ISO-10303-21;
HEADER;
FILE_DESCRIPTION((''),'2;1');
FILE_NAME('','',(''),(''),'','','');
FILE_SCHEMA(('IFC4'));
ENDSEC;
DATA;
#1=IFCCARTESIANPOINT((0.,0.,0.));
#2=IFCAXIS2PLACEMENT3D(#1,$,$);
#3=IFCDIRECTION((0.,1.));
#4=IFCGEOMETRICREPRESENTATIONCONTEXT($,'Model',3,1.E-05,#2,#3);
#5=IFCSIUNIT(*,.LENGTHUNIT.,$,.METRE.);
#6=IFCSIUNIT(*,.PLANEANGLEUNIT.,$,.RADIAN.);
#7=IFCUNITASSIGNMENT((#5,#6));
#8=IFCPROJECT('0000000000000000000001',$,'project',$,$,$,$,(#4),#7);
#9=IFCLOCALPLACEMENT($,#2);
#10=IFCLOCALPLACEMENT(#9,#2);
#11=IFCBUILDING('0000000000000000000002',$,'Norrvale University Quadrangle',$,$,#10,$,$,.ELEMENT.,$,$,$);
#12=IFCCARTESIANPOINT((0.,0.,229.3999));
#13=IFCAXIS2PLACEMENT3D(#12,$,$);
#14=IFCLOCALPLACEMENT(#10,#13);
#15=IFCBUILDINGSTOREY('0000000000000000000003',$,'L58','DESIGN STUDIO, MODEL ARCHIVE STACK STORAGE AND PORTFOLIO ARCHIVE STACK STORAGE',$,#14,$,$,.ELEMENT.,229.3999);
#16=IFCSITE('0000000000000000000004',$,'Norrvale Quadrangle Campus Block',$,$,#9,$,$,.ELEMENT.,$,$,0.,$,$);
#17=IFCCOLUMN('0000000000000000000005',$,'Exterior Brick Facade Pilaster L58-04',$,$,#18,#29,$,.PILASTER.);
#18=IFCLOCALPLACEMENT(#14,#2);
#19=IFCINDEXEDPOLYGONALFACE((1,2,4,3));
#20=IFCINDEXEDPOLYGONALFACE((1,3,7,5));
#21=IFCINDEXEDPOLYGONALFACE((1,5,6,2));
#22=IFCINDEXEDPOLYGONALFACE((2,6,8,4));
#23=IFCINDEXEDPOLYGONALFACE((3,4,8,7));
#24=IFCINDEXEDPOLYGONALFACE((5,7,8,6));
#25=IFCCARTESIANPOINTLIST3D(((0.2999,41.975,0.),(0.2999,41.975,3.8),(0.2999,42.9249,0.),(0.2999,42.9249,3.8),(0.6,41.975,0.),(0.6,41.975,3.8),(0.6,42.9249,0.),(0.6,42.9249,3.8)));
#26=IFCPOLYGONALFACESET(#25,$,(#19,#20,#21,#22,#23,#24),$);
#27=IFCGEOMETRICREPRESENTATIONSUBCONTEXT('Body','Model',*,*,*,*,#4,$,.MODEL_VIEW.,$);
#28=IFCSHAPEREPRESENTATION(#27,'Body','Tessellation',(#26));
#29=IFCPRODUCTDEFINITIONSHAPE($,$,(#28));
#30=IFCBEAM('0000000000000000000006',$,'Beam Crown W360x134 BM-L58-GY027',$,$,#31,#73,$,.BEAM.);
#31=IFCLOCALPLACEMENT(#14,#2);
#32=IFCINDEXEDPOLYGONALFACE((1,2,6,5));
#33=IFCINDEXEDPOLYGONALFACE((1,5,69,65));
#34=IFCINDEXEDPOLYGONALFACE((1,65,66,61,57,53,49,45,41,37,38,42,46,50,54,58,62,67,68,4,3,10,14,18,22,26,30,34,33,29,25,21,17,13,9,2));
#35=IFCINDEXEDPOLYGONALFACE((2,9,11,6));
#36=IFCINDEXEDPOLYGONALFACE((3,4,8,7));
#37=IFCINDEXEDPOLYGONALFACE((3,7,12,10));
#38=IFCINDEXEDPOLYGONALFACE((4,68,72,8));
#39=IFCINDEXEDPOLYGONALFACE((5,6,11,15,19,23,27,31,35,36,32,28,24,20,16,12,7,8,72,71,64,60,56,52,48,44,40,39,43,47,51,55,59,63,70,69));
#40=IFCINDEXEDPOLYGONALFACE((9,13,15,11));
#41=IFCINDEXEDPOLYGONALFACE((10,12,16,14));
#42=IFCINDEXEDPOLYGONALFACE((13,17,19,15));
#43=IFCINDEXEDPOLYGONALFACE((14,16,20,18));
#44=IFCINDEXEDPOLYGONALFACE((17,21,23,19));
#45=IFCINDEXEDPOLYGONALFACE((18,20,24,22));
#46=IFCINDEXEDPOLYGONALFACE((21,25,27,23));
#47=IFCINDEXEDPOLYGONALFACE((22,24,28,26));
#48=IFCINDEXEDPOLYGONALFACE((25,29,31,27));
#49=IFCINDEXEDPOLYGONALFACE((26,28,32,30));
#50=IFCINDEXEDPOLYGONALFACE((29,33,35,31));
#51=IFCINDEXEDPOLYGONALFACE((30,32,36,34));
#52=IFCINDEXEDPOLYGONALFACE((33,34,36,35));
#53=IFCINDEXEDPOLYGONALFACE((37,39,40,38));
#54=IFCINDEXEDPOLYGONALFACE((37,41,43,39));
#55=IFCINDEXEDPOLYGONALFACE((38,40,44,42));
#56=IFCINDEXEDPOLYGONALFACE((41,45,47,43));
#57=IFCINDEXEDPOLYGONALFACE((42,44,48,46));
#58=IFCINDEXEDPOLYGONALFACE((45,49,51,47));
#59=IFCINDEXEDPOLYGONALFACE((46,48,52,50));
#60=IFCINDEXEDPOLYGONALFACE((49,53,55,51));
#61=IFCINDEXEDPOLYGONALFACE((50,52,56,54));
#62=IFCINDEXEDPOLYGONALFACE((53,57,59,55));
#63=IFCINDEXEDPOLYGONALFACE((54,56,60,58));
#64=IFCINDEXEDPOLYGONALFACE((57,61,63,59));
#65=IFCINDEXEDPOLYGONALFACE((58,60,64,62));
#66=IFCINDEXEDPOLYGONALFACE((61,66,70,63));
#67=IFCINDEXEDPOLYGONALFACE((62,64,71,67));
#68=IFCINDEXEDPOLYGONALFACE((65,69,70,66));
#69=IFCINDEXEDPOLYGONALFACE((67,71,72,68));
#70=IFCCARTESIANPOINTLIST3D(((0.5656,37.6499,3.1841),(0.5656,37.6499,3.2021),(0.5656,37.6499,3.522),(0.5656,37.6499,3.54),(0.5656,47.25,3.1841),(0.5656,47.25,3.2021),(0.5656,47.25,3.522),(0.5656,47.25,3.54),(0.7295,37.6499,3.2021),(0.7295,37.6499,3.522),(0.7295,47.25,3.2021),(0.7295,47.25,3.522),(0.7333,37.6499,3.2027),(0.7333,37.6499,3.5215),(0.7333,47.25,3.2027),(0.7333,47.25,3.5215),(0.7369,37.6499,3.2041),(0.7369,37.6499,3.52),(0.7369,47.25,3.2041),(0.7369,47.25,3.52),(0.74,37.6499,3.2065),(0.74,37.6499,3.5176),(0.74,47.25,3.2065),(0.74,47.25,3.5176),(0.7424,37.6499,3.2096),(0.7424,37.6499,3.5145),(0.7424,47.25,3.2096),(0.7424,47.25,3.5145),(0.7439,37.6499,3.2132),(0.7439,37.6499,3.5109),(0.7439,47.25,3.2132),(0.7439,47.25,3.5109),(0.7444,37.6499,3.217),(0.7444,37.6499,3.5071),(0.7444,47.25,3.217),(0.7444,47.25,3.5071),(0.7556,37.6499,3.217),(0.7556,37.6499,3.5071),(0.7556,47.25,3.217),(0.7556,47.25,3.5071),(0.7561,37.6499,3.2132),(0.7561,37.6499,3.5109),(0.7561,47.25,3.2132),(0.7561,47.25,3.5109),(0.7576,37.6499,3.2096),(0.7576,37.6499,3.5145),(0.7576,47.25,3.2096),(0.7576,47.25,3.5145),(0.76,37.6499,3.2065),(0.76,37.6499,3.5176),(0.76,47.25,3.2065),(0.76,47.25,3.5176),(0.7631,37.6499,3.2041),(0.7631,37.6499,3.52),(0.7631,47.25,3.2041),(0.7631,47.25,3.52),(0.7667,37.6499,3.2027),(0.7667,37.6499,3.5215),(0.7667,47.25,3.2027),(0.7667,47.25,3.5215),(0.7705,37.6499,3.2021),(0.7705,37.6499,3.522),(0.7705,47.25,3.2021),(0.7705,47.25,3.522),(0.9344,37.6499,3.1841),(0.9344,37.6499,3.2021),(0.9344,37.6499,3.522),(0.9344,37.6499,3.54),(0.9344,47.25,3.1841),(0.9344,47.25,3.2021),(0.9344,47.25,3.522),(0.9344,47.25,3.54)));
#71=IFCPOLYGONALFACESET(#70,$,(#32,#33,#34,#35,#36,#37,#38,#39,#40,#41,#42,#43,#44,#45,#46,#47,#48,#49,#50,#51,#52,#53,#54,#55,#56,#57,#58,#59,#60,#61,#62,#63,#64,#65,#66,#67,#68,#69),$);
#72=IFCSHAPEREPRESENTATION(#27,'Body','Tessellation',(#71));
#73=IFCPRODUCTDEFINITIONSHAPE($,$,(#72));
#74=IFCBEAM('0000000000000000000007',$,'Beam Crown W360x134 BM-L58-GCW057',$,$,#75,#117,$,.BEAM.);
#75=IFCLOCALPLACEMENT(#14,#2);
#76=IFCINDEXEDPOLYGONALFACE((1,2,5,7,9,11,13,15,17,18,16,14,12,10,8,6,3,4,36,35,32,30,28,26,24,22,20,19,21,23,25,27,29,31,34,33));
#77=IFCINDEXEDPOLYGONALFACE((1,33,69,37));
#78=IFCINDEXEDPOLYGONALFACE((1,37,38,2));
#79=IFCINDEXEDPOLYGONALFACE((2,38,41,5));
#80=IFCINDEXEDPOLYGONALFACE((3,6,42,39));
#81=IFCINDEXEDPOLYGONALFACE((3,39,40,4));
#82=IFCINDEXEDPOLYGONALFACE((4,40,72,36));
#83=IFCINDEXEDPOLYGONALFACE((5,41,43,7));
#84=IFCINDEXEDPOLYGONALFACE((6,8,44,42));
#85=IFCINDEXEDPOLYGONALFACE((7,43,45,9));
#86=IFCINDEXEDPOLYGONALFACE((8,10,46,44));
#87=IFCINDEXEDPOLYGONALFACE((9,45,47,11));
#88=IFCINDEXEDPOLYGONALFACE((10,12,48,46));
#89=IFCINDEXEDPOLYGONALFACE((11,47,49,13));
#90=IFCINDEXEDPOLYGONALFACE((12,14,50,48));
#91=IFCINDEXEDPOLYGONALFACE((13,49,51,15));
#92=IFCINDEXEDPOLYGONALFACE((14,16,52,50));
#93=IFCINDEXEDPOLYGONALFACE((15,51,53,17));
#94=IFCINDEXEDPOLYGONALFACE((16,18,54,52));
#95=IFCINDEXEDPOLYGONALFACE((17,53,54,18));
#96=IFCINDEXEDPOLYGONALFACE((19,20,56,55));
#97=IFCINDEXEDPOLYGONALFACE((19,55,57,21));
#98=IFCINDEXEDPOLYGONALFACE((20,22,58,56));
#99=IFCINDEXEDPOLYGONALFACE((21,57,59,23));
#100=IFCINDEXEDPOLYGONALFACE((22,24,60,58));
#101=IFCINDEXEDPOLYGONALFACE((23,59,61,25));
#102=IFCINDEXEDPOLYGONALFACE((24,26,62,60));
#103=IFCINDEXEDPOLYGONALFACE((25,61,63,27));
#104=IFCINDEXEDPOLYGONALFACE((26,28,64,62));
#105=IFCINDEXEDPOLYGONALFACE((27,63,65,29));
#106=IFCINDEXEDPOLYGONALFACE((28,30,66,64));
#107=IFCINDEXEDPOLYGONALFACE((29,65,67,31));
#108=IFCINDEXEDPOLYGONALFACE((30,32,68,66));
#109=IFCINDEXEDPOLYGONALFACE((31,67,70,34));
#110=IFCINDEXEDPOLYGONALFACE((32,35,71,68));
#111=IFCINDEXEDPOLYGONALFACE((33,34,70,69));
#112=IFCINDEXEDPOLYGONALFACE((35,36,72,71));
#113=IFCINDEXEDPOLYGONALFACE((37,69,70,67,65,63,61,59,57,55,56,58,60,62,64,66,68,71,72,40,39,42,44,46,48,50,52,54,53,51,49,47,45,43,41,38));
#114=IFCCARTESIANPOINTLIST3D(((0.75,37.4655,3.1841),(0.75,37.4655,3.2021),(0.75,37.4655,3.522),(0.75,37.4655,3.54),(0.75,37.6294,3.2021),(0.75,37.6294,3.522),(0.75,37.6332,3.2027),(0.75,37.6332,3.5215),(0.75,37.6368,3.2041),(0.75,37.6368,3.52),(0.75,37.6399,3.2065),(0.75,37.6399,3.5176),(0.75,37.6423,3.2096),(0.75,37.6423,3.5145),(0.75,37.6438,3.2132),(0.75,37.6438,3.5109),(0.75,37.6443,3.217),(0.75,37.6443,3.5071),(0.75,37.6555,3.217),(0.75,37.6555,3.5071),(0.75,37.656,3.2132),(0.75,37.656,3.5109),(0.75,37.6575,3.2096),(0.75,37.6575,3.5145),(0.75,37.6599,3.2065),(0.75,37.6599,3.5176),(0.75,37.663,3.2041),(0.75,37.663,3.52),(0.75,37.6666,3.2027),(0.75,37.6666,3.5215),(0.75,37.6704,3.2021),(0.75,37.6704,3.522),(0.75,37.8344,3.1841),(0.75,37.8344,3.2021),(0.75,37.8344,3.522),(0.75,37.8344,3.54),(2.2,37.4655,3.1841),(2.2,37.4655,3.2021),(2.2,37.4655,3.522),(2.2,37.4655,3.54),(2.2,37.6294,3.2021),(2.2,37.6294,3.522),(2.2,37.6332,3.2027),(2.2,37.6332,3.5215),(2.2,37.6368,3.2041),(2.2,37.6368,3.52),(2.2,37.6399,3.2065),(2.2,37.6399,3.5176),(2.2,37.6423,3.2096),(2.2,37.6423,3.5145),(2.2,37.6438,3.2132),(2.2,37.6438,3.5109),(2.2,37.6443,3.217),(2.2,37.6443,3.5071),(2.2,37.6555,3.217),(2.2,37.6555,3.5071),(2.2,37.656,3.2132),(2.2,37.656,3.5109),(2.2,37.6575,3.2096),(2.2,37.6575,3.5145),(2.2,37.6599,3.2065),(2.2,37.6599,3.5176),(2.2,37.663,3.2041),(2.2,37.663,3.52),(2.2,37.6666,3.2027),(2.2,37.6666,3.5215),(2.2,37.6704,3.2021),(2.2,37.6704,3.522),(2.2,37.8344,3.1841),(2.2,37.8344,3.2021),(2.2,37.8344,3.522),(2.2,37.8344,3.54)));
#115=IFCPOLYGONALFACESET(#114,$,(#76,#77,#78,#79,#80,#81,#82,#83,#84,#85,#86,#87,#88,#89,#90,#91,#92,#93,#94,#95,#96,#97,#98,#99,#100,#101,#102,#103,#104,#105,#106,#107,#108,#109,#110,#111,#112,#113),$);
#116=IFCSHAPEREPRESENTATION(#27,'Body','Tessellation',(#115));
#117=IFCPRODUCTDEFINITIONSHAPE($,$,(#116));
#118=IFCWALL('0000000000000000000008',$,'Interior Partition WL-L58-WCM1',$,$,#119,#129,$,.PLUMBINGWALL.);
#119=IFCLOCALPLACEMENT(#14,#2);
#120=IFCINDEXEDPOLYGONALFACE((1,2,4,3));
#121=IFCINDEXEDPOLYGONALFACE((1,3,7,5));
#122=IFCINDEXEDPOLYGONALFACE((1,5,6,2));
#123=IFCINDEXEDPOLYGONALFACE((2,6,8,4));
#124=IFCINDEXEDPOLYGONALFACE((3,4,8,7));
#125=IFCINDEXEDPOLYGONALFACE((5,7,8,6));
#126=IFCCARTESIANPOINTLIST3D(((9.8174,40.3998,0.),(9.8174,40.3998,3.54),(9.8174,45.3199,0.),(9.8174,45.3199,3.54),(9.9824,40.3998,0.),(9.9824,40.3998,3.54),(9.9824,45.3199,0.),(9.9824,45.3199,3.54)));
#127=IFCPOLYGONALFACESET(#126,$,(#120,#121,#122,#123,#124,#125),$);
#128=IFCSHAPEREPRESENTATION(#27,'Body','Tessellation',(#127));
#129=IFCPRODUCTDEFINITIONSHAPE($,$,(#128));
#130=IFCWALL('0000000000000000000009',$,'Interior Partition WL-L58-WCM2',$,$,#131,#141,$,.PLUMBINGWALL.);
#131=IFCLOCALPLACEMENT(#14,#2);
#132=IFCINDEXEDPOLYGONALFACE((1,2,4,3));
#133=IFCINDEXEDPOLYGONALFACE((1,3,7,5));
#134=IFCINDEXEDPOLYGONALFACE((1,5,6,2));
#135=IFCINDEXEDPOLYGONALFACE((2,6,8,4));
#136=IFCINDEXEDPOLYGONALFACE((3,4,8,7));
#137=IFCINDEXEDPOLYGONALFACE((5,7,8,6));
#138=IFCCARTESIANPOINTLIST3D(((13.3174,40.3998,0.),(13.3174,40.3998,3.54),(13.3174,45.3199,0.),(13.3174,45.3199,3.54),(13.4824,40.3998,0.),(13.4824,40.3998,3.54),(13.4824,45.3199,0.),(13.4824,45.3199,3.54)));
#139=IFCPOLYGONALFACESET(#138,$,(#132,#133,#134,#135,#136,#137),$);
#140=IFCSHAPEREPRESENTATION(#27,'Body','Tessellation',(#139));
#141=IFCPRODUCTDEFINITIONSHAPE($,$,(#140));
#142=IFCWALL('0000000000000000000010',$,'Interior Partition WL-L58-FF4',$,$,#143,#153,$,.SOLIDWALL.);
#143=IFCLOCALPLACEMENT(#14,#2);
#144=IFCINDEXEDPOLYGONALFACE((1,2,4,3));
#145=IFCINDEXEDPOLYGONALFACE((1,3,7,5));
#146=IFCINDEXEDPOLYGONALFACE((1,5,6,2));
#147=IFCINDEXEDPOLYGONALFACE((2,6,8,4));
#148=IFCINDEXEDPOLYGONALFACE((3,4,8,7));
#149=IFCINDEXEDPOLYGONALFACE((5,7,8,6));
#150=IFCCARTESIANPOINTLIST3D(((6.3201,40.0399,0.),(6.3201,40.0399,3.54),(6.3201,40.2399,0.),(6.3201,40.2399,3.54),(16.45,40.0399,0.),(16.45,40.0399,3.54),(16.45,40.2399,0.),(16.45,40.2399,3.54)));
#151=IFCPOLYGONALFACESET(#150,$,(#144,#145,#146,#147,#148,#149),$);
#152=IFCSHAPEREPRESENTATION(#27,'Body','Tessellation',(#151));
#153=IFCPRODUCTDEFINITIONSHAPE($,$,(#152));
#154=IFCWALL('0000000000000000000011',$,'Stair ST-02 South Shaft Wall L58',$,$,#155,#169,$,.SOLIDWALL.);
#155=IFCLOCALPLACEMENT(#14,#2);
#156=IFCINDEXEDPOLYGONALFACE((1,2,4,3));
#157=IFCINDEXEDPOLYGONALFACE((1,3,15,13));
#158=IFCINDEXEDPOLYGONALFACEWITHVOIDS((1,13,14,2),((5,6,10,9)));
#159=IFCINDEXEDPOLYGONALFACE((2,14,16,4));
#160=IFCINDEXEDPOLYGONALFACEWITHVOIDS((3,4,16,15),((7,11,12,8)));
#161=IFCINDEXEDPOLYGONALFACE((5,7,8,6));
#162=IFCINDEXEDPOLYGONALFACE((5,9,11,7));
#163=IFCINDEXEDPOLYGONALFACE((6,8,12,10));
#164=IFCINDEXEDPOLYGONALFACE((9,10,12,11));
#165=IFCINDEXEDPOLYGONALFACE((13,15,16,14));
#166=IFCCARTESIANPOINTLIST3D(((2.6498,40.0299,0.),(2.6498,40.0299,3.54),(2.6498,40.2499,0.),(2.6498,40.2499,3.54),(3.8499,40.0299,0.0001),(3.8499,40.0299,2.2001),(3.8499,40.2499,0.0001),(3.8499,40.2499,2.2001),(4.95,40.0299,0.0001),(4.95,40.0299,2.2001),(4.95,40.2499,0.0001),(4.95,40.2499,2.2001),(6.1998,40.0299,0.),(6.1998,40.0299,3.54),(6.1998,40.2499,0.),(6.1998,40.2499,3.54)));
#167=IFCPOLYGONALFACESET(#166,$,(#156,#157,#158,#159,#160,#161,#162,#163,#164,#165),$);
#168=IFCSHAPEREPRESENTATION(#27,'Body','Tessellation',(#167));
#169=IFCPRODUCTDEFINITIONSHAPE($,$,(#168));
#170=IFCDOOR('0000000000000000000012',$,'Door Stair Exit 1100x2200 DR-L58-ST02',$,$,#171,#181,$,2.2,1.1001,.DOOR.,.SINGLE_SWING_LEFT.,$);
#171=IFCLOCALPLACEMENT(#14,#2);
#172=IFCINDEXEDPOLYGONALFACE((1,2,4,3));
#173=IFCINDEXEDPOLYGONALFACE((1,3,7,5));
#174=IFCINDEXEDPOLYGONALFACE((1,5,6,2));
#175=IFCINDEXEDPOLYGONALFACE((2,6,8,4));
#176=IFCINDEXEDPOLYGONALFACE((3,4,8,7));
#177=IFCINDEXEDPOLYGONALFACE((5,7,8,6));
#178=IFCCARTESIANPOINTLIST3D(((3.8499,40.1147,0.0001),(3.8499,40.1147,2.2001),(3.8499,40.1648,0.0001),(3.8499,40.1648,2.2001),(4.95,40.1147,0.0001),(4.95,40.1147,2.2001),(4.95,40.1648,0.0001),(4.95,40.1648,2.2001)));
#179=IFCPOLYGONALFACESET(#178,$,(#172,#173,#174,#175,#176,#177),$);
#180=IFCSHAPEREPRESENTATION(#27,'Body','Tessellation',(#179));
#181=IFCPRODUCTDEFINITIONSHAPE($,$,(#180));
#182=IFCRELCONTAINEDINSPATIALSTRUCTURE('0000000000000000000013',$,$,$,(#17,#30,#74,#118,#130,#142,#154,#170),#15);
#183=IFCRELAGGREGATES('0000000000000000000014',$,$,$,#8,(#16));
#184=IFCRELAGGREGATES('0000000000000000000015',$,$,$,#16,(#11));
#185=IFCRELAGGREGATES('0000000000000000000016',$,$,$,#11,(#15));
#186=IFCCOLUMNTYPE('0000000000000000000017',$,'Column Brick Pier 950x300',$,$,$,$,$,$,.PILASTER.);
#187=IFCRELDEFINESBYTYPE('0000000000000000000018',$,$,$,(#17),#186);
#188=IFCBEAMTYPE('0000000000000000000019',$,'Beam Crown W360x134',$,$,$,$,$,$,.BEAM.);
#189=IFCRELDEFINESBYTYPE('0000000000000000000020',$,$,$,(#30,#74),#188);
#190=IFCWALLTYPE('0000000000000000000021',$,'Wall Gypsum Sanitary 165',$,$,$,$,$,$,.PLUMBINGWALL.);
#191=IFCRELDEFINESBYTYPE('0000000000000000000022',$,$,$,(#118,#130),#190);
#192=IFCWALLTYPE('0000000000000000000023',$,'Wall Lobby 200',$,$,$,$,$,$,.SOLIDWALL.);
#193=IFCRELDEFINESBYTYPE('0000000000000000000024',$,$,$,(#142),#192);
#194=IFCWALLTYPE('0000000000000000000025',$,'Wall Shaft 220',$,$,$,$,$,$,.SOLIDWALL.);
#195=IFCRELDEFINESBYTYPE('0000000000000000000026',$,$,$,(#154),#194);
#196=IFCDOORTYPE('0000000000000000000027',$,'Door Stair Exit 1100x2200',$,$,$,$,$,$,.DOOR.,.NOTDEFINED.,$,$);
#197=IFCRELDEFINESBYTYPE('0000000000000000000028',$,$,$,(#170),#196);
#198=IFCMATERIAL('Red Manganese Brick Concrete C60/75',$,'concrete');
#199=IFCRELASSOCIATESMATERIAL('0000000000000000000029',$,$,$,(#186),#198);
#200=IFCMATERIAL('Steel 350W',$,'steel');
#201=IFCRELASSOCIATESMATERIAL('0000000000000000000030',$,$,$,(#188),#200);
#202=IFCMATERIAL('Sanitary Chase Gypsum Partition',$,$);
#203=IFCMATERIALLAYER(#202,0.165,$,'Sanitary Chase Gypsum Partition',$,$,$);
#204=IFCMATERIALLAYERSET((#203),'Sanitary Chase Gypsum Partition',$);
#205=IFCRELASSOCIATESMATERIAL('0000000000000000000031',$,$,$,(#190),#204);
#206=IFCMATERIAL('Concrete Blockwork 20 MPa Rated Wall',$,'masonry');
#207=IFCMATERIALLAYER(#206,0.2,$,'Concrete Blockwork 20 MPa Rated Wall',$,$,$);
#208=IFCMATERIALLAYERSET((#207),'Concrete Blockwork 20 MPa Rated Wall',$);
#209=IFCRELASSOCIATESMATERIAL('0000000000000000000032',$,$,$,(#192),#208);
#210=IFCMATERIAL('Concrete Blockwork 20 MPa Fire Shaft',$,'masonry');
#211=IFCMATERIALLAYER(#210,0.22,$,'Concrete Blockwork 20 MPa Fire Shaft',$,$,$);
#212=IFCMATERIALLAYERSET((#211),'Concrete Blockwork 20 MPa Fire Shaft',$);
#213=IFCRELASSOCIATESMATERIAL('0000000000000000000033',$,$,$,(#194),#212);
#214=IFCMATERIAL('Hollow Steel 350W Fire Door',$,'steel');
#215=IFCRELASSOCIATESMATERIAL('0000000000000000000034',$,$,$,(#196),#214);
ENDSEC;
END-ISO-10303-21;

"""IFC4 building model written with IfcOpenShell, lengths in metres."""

from ifc_helpers import new_model, si_unit, direction, frame, frame_2d, origin, origin_2d, place, context, subcontext, project, spatial, rectangle, i_section, extrude, material, layer, layer_set, material_profile, profile_set, type_object, element, fill, save


model = new_model("IFC4")

# Units and contexts
model_context = context("Model", 3, precision=1e-05, world=origin(), true_north=direction((0.0, 1.0)))
body_context = subcontext(model_context, "Body", "Model", "MODEL_VIEW")
ifc_project = project(units=[si_unit("LENGTHUNIT", "METRE"), si_unit("PLANEANGLEUNIT", "RADIAN")], contexts=[model_context])

# Site, building, storey
site_placement = place(None, origin())
site = spatial("IfcSite", under=ifc_project, at=site_placement, Name="Norrvale Quadrangle Campus Block", CompositionType="ELEMENT", RefElevation=0.0)
building_placement = place(site_placement, origin())
building = spatial("IfcBuilding", under=site, at=building_placement, Name="Norrvale University Quadrangle", CompositionType="ELEMENT")
storey_placement = place(building_placement, frame((0.0, 0.0, 229.3999)))
storey = spatial("IfcBuildingStorey", under=building, at=storey_placement, Name="L58", Description="DESIGN STUDIO, MODEL ARCHIVE STACK STORAGE AND PORTFOLIO ARCHIVE STACK STORAGE", CompositionType="ELEMENT", Elevation=229.3999)

# Column
ifc_material_1 = material(Name="Red Manganese Brick Concrete C60/75", Category="concrete")
ifc_material_profile_1 = material_profile(ifc_material_1, rectangle(XDim=0.95, YDim=0.3, at=origin_2d()), Name="Red Manganese Brick Concrete C60/75")
ifc_profile_set_1 = profile_set([ifc_material_profile_1], Name="Red Manganese Brick Concrete C60/75")
column_type = type_object("IfcColumnType", Name="Column Brick Pier 950x300", PredefinedType="PILASTER", material=ifc_profile_set_1)
column_placement = place(storey_placement, frame((0.45, 42.45, 0.0), z_axis=(0.0, 0.0, 1.0), x_axis=(0.0, 1.0, 0.0)))
element("IfcColumn", 1, at=column_placement, inside=storey, type_object=column_type, Name="Exterior Brick Facade Pilaster L58-04", PredefinedType="PILASTER", context=body_context, shape_type="SweptSolid", body=[
    extrude(rectangle(XDim=0.95, YDim=0.3, at=origin_2d()), origin(), (0.0, 0.0, 1.0), 3.8),
])

# Beams
ifc_material_2 = material(Name="Steel 350W", Category="steel")
ifc_material_profile_2 = material_profile(ifc_material_2, i_section(OverallWidth=0.3689, OverallDepth=0.356, WebThickness=0.0112, FlangeThickness=0.0181, FilletRadius=0.0149, at=origin_2d()), Name="Steel 350W")
ifc_profile_set_2 = profile_set([ifc_material_profile_2], Name="Steel 350W")
beam_type = type_object("IfcBeamType", Name="Beam Crown W360x134", PredefinedType="BEAM", material=ifc_profile_set_2)
beam_1_placement = place(storey_placement, frame((0.75, 37.6499, 3.3621), z_axis=(0.0, 1.0, 0.0), x_axis=(-1.0, 0.0, 0.0)))
element("IfcBeam", 2, at=beam_1_placement, inside=storey, type_object=beam_type, Name="Beam Crown W360x134 BM-L58-GY027", PredefinedType="BEAM", context=body_context, shape_type="SweptSolid", body=[
    extrude(i_section(OverallWidth=0.3689, OverallDepth=0.356, WebThickness=0.0112, FlangeThickness=0.0181, FilletRadius=0.0149, at=origin_2d()), origin(), (0.0, 0.0, 1.0), 9.6001),
])
beam_2_placement = place(storey_placement, frame((0.75, 37.6499, 3.3621), z_axis=(1.0, 0.0, 0.0), x_axis=(0.0, 1.0, 0.0)))
element("IfcBeam", 3, at=beam_2_placement, inside=storey, type_object=beam_type, Name="Beam Crown W360x134 BM-L58-GCW057", PredefinedType="BEAM", context=body_context, shape_type="SweptSolid", body=[
    extrude(i_section(OverallWidth=0.3689, OverallDepth=0.356, WebThickness=0.0112, FlangeThickness=0.0181, FilletRadius=0.0149, at=origin_2d()), origin(), (0.0, 0.0, 1.0), 1.45),
])

# Walls
ifc_material_3 = material(Name="Sanitary Chase Gypsum Partition")
ifc_layer_1 = layer(ifc_material_3, 0.165, Name="Sanitary Chase Gypsum Partition")
ifc_layer_set_1 = layer_set([ifc_layer_1], Name="Sanitary Chase Gypsum Partition")
wall_type_1 = type_object("IfcWallType", Name="Wall Gypsum Sanitary 165", PredefinedType="PLUMBINGWALL", material=ifc_layer_set_1)
for number, where, z_axis, x_axis, name in (
    (4, (9.8999, 40.3999, 0.0), (0.0, 0.0, 1.0), (0.0, 1.0, 0.0), "Interior Partition WL-L58-WCM1"),
    (5, (13.3999, 40.3999, 0.0), (0.0, 0.0, 1.0), (0.0, 1.0, 0.0), "Interior Partition WL-L58-WCM2"),
):
    element("IfcWall", number, at=place(storey_placement, frame(where, z_axis=z_axis, x_axis=x_axis)), inside=storey, type_object=wall_type_1, Name=name, PredefinedType="PLUMBINGWALL", context=body_context, shape_type="SweptSolid", body=[
        extrude(rectangle(XDim=4.9202, YDim=0.165, at=frame_2d((2.46, 0.0))), origin(), (0.0, 0.0, 1.0), 3.54),
    ])
ifc_material_4 = material(Name="Concrete Blockwork 20 MPa Rated Wall", Category="masonry")
ifc_layer_2 = layer(ifc_material_4, 0.2, Name="Concrete Blockwork 20 MPa Rated Wall")
ifc_layer_set_2 = layer_set([ifc_layer_2], Name="Concrete Blockwork 20 MPa Rated Wall")
wall_type_2 = type_object("IfcWallType", Name="Wall Lobby 200", PredefinedType="SOLIDWALL", material=ifc_layer_set_2)
wall_1_placement = place(storey_placement, frame((6.3201, 40.1399, 0.0), z_axis=(0.0, 0.0, 1.0), x_axis=(1.0, 0.0, 0.0)))
element("IfcWall", 6, at=wall_1_placement, inside=storey, type_object=wall_type_2, Name="Interior Partition WL-L58-FF4", PredefinedType="SOLIDWALL", context=body_context, shape_type="SweptSolid", body=[
    extrude(rectangle(XDim=10.1299, YDim=0.2, at=frame_2d((5.0649, 0.0))), origin(), (0.0, 0.0, 1.0), 3.54),
])

# Wall, opening, door
ifc_material_5 = material(Name="Concrete Blockwork 20 MPa Fire Shaft", Category="masonry")
ifc_layer_3 = layer(ifc_material_5, 0.22, Name="Concrete Blockwork 20 MPa Fire Shaft")
ifc_layer_set_3 = layer_set([ifc_layer_3], Name="Concrete Blockwork 20 MPa Fire Shaft")
wall_type_3 = type_object("IfcWallType", Name="Wall Shaft 220", PredefinedType="SOLIDWALL", material=ifc_layer_set_3)
wall_2_placement = place(storey_placement, frame((2.6499, 40.1399, 0.0), z_axis=(0.0, 0.0, 1.0), x_axis=(1.0, 0.0, 0.0)))
wall_2 = element("IfcWall", 7, at=wall_2_placement, inside=storey, type_object=wall_type_3, Name="Stair ST-02 South Shaft Wall L58", PredefinedType="SOLIDWALL", context=body_context, shape_type="SweptSolid", body=[
    extrude(rectangle(XDim=3.55, YDim=0.22, at=frame_2d((1.7749, 0.0))), origin(), (0.0, 0.0, 1.0), 3.54),
])
opening_placement = place(wall_2_placement, frame((1.2, 0.0, 0.0)))
opening = element("IfcOpeningElement", 8, at=opening_placement, cuts=wall_2, PredefinedType="OPENING", context=body_context, shape_type="SweptSolid", body=[
    extrude(rectangle(XDim=1.1001, YDim=2.2, at=frame_2d((0.55, 1.1001))), frame((0.0, 0.1221, 0.0), z_axis=(0.0, -1.0, 0.0), x_axis=(1.0, 0.0, 0.0)), (0.0, 0.0, 1.0), 0.2439),
])
ifc_material_6 = material(Name="Hollow Steel 350W Fire Door", Category="steel")
door_type = type_object("IfcDoorType", Name="Door Stair Exit 1100x2200", OperationType="NOTDEFINED", PredefinedType="DOOR", material=ifc_material_6)
door_placement = place(opening_placement, origin())
door = element("IfcDoor", 9, at=door_placement, inside=storey, type_object=door_type, Name="Door Stair Exit 1100x2200 DR-L58-ST02", OperationType="SINGLE_SWING_LEFT", OverallHeight=2.2, OverallWidth=1.1001, PredefinedType="DOOR", context=body_context, shape_type="SweptSolid", body=[
    extrude(rectangle(XDim=1.1001, YDim=2.2, at=frame_2d((0.55, 1.1001))), frame((0.0, 0.0249, 0.0), z_axis=(0.0, -1.0, 0.0), x_axis=(1.0, 0.0, 0.0)), (0.0, 0.0, 1.0), 0.05),
])
fill(opening, door)

save(model, "model.ifc")
